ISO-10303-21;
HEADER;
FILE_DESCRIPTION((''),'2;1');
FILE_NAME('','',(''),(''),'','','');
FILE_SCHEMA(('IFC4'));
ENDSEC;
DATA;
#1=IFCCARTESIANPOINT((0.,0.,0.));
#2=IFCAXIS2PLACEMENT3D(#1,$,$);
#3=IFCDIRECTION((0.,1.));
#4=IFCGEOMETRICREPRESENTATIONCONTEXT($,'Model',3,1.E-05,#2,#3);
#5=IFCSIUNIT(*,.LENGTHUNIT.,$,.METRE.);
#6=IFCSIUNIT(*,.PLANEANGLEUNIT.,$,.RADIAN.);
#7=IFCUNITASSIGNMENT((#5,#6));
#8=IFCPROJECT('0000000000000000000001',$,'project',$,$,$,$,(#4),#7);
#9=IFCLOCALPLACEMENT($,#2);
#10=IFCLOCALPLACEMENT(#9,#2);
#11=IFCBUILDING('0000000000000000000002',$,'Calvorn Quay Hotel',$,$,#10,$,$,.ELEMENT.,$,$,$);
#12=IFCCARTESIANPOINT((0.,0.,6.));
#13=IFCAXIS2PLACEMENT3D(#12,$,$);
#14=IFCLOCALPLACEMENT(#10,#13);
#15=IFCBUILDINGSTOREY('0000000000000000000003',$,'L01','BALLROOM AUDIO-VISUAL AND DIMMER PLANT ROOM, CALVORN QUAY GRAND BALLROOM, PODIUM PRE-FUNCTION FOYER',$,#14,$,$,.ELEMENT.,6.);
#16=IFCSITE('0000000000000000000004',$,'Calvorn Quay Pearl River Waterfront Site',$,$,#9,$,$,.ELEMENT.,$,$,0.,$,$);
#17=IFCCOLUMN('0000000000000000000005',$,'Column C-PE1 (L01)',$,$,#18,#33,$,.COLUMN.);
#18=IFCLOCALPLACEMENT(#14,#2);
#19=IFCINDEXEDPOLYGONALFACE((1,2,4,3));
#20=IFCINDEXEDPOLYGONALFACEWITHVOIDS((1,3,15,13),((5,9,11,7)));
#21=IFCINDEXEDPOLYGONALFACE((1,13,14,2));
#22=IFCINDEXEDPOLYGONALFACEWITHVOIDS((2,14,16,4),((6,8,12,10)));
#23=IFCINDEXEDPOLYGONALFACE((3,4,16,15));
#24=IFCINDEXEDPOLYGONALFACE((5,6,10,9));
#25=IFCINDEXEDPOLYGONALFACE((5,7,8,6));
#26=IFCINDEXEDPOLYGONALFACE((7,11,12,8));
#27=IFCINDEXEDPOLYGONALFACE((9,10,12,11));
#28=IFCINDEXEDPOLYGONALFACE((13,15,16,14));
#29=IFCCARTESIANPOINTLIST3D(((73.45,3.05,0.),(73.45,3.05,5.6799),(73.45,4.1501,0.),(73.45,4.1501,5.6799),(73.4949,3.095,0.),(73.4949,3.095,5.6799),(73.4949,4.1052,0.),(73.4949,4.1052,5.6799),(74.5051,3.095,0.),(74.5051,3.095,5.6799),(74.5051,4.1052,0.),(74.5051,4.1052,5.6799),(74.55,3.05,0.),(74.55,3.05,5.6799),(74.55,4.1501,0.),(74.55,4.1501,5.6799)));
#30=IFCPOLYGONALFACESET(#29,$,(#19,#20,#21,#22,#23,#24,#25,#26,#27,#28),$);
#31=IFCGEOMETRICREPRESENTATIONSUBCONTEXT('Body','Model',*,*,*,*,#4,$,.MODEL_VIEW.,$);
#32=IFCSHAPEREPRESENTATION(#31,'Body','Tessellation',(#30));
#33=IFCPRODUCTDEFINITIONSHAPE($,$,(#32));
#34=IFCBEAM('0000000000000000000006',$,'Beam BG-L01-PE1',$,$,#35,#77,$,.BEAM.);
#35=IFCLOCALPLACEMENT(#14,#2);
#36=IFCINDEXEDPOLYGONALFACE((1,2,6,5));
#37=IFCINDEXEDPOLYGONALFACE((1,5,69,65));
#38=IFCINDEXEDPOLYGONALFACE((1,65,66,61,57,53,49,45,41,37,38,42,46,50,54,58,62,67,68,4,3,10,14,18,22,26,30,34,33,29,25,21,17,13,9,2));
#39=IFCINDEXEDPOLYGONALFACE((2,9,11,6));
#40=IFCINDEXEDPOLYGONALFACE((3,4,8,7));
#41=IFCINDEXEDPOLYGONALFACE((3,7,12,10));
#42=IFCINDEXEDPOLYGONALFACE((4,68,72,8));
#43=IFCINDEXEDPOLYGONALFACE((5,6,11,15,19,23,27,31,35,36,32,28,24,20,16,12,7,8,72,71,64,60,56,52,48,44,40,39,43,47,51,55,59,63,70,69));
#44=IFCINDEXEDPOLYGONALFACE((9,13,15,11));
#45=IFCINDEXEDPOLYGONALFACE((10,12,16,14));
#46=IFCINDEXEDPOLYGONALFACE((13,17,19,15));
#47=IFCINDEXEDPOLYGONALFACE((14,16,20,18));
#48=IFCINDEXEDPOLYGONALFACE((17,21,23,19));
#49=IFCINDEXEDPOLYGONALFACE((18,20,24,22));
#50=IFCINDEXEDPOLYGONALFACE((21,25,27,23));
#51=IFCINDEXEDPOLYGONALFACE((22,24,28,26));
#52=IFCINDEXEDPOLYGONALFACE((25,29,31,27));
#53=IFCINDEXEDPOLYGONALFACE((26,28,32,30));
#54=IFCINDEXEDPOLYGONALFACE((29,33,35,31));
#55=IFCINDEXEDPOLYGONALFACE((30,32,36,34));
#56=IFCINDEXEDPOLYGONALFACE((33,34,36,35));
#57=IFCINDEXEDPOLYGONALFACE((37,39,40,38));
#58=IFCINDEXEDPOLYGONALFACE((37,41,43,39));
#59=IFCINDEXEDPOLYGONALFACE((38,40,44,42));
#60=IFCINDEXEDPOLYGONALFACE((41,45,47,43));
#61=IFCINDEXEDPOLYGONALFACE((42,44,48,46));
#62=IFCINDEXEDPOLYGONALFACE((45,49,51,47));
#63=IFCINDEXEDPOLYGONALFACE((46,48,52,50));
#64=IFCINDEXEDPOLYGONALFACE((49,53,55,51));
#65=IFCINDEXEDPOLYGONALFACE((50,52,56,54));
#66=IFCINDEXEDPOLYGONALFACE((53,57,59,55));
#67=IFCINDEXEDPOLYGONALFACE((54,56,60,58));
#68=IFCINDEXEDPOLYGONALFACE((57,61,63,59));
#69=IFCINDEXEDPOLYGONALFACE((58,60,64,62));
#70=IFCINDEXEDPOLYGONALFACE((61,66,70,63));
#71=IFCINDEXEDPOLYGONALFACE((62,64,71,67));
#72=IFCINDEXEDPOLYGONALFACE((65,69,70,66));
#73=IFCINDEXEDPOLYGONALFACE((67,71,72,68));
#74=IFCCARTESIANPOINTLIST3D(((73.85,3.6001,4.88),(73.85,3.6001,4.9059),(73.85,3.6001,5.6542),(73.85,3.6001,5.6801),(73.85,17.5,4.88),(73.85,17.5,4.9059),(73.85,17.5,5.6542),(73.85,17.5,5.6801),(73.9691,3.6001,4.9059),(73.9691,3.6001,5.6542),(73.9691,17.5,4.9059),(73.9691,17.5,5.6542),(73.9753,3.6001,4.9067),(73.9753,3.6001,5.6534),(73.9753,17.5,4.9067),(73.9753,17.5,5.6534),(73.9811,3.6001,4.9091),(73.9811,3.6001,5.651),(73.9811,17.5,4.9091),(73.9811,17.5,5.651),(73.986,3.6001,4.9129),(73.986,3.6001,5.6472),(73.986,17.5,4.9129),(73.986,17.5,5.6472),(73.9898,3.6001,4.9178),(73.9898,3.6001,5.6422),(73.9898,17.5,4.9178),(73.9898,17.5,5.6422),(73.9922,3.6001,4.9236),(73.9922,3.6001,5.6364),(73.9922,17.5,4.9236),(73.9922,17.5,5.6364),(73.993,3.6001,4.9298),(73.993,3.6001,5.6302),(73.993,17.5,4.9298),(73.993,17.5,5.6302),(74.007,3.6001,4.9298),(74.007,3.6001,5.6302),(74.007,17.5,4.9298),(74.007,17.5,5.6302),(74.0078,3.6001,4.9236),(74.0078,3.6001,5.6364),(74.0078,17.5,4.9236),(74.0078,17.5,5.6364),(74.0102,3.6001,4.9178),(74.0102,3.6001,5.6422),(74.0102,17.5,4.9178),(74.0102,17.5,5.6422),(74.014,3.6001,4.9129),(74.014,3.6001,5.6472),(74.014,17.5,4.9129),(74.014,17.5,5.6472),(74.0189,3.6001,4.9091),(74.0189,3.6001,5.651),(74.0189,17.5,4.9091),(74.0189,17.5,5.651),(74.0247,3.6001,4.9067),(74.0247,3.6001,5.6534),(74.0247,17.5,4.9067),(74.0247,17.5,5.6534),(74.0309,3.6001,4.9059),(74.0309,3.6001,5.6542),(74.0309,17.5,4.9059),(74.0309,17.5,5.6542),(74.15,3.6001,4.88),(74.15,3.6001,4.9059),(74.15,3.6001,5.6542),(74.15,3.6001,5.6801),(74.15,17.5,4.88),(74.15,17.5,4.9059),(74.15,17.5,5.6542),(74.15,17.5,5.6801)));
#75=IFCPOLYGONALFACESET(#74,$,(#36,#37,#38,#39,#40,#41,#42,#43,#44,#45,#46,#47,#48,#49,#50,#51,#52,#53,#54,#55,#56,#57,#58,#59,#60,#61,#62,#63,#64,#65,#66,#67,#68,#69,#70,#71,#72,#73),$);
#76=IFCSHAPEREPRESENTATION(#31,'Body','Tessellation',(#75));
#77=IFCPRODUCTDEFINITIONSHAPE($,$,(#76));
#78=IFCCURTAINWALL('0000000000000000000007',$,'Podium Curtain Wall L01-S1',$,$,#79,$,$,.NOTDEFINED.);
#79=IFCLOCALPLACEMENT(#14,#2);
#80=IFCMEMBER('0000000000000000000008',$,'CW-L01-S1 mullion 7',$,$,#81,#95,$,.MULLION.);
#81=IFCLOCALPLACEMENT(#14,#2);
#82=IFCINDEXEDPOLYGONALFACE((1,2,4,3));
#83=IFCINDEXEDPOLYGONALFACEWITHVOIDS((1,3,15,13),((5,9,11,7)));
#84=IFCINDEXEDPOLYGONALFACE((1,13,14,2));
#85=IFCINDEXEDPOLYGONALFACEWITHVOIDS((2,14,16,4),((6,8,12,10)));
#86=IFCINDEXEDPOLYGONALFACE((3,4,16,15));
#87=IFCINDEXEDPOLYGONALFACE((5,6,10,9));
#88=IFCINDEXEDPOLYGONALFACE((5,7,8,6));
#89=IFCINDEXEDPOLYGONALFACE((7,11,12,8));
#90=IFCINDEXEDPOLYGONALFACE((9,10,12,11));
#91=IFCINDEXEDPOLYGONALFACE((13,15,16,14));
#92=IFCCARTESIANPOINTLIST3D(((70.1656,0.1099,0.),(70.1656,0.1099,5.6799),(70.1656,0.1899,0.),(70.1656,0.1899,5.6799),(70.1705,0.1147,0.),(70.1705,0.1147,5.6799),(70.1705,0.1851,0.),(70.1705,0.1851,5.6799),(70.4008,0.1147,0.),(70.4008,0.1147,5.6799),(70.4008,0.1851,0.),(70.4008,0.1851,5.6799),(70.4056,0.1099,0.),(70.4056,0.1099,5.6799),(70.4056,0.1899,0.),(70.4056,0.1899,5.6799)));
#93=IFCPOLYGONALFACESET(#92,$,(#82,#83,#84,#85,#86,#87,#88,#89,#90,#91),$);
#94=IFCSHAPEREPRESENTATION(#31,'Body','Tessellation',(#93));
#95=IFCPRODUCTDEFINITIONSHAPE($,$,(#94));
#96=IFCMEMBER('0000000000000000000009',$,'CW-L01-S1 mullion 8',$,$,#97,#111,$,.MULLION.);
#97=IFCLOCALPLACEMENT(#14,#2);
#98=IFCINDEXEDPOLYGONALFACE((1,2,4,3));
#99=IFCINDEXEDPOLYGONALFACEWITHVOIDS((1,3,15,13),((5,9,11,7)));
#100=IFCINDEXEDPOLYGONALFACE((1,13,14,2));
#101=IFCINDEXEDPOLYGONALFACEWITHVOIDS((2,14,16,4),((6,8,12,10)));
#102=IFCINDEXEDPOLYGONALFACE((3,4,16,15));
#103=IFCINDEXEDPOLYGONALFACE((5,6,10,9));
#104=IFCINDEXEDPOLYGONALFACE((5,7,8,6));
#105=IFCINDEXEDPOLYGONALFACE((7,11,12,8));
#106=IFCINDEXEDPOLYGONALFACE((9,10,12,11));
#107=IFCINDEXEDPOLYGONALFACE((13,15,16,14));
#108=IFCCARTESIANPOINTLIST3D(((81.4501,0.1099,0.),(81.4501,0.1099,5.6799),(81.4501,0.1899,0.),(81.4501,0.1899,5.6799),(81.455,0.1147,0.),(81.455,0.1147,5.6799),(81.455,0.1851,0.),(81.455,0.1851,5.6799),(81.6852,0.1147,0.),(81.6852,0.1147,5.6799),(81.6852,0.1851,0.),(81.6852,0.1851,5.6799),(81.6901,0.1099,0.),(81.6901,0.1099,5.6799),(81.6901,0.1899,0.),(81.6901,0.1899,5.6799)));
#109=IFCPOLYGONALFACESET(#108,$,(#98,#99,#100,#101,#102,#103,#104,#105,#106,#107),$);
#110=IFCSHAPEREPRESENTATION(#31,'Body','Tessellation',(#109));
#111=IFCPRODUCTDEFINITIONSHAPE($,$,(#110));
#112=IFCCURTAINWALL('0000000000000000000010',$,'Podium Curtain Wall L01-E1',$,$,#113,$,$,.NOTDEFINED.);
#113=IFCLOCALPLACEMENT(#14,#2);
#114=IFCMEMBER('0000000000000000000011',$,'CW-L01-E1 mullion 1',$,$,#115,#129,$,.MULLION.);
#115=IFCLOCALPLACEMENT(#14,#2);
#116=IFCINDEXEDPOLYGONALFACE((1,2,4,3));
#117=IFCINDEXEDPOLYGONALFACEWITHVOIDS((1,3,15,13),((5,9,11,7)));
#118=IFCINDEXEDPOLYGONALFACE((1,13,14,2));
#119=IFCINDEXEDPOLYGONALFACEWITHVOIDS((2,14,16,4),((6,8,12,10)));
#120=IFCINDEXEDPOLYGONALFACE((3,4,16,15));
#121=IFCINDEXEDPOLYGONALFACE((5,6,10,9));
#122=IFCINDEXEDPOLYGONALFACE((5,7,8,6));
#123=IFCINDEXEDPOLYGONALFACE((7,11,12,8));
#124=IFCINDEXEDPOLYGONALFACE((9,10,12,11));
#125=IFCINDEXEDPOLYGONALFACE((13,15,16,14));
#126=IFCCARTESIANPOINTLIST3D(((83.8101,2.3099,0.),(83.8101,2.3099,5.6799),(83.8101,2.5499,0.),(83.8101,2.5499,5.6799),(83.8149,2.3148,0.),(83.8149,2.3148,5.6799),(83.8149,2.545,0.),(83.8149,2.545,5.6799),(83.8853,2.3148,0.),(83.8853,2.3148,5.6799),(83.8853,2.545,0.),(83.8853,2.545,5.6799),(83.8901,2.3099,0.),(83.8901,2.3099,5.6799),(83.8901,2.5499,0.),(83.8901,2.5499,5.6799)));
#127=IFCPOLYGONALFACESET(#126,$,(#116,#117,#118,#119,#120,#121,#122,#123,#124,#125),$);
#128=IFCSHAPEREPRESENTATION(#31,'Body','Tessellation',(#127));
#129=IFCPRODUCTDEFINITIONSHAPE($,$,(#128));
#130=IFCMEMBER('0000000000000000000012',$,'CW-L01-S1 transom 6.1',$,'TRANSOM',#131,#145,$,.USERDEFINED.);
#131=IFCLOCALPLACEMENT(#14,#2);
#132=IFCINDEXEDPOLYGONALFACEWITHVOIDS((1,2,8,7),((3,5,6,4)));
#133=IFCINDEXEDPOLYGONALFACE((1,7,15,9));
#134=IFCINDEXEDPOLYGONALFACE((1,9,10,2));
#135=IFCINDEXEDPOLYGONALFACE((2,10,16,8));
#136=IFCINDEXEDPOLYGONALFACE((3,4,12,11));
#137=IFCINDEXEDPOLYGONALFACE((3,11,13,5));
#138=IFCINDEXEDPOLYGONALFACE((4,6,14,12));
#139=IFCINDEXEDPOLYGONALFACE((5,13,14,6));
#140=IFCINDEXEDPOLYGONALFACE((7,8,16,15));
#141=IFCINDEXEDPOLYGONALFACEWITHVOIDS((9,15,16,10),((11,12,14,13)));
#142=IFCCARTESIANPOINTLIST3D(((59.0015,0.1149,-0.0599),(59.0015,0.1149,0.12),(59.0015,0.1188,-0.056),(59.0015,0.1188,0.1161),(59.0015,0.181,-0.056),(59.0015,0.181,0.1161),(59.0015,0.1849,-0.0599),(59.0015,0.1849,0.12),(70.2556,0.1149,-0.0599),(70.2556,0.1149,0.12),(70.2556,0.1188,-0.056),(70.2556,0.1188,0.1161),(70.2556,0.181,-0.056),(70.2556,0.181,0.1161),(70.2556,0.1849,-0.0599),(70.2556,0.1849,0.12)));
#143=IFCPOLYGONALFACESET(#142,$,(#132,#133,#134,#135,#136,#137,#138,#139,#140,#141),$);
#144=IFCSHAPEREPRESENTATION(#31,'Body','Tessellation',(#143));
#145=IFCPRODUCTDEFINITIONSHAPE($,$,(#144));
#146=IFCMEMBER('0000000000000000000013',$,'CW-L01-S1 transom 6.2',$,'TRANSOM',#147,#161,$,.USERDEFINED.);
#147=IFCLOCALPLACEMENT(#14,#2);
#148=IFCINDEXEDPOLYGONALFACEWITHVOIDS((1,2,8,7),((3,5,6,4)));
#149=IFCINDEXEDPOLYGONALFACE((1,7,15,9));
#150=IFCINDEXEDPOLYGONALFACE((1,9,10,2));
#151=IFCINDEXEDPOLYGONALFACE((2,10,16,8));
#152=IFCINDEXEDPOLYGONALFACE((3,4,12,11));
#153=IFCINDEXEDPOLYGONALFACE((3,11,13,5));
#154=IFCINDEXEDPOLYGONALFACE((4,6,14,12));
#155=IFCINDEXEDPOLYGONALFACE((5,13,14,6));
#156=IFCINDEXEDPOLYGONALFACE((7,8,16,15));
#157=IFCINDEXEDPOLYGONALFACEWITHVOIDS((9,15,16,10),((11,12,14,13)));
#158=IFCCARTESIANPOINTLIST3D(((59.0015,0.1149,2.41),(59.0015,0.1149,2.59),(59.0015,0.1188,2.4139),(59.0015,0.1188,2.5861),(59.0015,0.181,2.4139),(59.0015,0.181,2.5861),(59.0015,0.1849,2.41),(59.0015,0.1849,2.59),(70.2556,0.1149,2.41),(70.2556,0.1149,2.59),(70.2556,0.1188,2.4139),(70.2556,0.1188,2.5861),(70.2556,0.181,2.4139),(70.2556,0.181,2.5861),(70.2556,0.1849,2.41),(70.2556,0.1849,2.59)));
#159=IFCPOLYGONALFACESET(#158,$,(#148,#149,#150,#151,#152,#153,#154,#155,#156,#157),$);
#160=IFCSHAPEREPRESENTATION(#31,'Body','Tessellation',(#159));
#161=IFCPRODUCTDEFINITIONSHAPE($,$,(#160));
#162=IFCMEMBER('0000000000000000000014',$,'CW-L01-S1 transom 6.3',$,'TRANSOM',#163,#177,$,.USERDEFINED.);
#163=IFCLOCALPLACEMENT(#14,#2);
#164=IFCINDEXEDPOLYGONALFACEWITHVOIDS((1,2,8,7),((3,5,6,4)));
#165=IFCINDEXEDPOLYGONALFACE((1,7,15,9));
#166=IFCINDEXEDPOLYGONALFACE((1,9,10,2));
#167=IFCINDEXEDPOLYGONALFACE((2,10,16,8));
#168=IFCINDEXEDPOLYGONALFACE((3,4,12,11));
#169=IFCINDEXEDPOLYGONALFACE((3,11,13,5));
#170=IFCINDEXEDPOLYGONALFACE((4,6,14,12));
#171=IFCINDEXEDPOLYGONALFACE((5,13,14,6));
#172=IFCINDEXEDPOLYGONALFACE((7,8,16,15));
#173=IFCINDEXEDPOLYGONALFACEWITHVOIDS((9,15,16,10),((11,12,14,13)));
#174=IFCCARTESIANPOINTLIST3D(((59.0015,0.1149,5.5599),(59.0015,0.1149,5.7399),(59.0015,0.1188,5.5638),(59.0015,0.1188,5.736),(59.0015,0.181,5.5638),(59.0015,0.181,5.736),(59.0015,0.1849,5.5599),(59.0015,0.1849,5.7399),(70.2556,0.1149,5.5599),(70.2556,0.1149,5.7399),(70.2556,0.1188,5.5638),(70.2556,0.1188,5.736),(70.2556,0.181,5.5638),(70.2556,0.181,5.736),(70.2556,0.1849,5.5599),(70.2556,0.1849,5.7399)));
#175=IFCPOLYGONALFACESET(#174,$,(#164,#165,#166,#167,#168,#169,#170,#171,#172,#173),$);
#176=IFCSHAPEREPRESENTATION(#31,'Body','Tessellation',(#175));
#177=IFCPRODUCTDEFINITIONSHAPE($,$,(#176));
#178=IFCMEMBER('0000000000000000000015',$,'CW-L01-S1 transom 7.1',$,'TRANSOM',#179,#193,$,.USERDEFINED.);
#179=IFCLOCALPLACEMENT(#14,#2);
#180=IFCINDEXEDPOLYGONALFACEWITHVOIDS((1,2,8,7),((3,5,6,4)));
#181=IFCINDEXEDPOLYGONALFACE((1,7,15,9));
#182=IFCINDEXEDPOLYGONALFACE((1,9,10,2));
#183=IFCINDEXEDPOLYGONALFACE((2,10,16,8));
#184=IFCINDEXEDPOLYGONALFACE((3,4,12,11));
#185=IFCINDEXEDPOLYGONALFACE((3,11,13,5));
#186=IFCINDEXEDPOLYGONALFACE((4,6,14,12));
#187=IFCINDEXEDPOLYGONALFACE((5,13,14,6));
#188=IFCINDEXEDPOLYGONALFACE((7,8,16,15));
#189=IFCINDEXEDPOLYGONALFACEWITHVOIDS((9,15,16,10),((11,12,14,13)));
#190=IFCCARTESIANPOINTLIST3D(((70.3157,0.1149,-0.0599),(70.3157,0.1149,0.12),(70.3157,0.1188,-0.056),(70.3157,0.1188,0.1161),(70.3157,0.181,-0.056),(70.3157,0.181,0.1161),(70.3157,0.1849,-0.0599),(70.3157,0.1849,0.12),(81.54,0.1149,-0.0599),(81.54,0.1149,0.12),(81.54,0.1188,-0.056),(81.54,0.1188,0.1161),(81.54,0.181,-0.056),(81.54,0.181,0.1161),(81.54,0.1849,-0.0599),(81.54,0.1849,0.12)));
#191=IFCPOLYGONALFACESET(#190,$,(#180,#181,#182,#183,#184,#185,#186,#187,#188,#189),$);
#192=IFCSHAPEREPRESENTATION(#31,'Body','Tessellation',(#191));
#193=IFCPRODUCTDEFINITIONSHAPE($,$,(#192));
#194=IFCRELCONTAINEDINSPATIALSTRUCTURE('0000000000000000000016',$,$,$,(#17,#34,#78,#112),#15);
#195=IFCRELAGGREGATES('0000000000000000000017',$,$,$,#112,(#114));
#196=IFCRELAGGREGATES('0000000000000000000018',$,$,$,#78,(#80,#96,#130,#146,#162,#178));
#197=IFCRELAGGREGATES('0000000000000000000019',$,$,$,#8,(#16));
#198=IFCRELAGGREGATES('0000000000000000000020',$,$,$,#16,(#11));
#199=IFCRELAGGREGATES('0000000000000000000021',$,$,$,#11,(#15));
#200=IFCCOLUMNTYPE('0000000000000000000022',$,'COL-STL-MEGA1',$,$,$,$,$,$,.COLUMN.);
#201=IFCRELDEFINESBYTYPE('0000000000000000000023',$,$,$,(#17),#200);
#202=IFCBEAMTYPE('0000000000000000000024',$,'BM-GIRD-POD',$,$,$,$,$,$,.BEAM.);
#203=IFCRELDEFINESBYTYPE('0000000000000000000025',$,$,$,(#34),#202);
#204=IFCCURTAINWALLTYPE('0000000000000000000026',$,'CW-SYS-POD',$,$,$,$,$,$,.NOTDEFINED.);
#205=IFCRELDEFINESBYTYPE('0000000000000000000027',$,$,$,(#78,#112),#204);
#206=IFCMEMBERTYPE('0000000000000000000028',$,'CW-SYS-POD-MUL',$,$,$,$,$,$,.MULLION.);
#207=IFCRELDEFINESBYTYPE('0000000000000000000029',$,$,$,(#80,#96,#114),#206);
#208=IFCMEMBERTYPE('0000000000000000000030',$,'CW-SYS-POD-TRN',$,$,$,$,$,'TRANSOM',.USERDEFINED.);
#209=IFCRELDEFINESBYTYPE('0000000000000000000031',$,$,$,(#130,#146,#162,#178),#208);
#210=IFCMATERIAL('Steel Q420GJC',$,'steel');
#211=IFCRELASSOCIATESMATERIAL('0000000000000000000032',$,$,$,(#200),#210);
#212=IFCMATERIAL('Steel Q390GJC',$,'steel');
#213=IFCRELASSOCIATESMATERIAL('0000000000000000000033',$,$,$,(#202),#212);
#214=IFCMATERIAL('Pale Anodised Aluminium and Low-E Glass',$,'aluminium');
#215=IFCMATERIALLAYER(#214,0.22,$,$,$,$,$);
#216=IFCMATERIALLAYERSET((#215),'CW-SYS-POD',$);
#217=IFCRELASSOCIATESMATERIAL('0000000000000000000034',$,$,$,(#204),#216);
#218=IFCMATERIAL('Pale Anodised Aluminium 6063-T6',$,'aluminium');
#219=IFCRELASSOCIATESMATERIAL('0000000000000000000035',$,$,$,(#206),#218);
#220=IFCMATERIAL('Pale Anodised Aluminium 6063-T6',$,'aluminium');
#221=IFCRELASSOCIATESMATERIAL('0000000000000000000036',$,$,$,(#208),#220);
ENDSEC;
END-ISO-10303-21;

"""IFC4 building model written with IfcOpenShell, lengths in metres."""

from ifc_helpers import new_model, si_unit, direction, frame, origin, origin_2d, place, context, subcontext, project, spatial, hollow_rectangle, i_section, extrude, material, layer, layer_set, material_profile, profile_set, type_object, element, aggregate, save


model = new_model("IFC4")

# Units and contexts
model_context = context("Model", 3, precision=1e-05, world=origin(), true_north=direction((0.0, 1.0)))
body_context = subcontext(model_context, "Body", "Model", "MODEL_VIEW")
ifc_project = project(units=[si_unit("LENGTHUNIT", "METRE"), si_unit("PLANEANGLEUNIT", "RADIAN")], contexts=[model_context])

# Site, building, storey
site_placement = place(None, origin())
site = spatial("IfcSite", under=ifc_project, at=site_placement, Name="Calvorn Quay Pearl River Waterfront Site", CompositionType="ELEMENT", RefElevation=0.0)
building_placement = place(site_placement, origin())
building = spatial("IfcBuilding", under=site, at=building_placement, Name="Calvorn Quay Hotel", CompositionType="ELEMENT")
storey_placement = place(building_placement, frame((0.0, 0.0, 6.0)))
storey = spatial("IfcBuildingStorey", under=building, at=storey_placement, Name="L01", Description="BALLROOM AUDIO-VISUAL AND DIMMER PLANT ROOM, CALVORN QUAY GRAND BALLROOM, PODIUM PRE-FUNCTION FOYER", CompositionType="ELEMENT", Elevation=6.0)

# Column
ifc_material_1 = material(Name="Steel Q420GJC", Category="steel")
ifc_material_profile_1 = material_profile(ifc_material_1, hollow_rectangle(XDim=1.1001, YDim=1.1001, WallThickness=0.0449, at=origin_2d()), Name="BOX1100x1100x45")
ifc_profile_set_1 = profile_set([ifc_material_profile_1], Name="Steel Q420GJC")
column_type = type_object("IfcColumnType", Name="COL-STL-MEGA1", PredefinedType="COLUMN", material=ifc_profile_set_1)
column_placement = place(storey_placement, frame((74.0, 3.6001, 0.0), z_axis=(0.0, 0.0, 1.0), x_axis=(1.0, 0.0, 0.0)))
element("IfcColumn", 1, at=column_placement, inside=storey, type_object=column_type, Name="Column C-PE1 (L01)", PredefinedType="COLUMN", context=body_context, shape_type="SweptSolid", body=[
    extrude(hollow_rectangle(XDim=1.1001, YDim=1.1001, WallThickness=0.0449, at=origin_2d()), origin(), (0.0, 0.0, 1.0), 5.6799),
])

# Beam
ifc_material_2 = material(Name="Steel Q390GJC", Category="steel")
ifc_material_profile_2 = material_profile(ifc_material_2, i_section(OverallWidth=0.3, OverallDepth=0.8, WebThickness=0.0139, FlangeThickness=0.0259, FilletRadius=0.0239, at=origin_2d()), Name="HN800x300x14x26")
ifc_profile_set_2 = profile_set([ifc_material_profile_2], Name="Steel Q390GJC")
beam_type = type_object("IfcBeamType", Name="BM-GIRD-POD", PredefinedType="BEAM", material=ifc_profile_set_2)
beam_placement = place(storey_placement, frame((74.0, 3.6001, 5.28), z_axis=(0.0, 1.0, 0.0), x_axis=(-1.0, 0.0, 0.0)))
element("IfcBeam", 2, at=beam_placement, inside=storey, type_object=beam_type, Name="Beam BG-L01-PE1", PredefinedType="BEAM", context=body_context, shape_type="SweptSolid", body=[
    extrude(i_section(OverallWidth=0.3, OverallDepth=0.8, WebThickness=0.0139, FlangeThickness=0.0259, FilletRadius=0.0239, at=origin_2d()), origin(), (0.0, 0.0, 1.0), 13.8999),
])

# Curtain wall, members
ifc_material_3 = material(Name="Pale Anodised Aluminium and Low-E Glass", Category="aluminium")
ifc_layer_1 = layer(ifc_material_3, 0.22)
ifc_layer_set_1 = layer_set([ifc_layer_1], Name="CW-SYS-POD")
curtain_wall_type = type_object("IfcCurtainWallType", Name="CW-SYS-POD", PredefinedType="NOTDEFINED", material=ifc_layer_set_1)
curtain_wall_1_placement = place(storey_placement, origin())
curtain_wall_1 = element("IfcCurtainWall", 3, at=curtain_wall_1_placement, inside=storey, type_object=curtain_wall_type, Name="Podium Curtain Wall L01-S1", PredefinedType="NOTDEFINED")
ifc_material_4 = material(Name="Pale Anodised Aluminium 6063-T6", Category="aluminium")
ifc_material_profile_3 = material_profile(ifc_material_4, hollow_rectangle(XDim=0.0801, YDim=0.24, WallThickness=0.0049, at=origin_2d()), Name="ALU-M240x80x5")
ifc_profile_set_3 = profile_set([ifc_material_profile_3], Name="Pale Anodised Aluminium 6063-T6")
member_type_1 = type_object("IfcMemberType", Name="CW-SYS-POD-MUL", PredefinedType="MULLION", material=ifc_profile_set_3)
member_1_placement = place(storey_placement, frame((70.2856, 0.1499, 0.0), z_axis=(0.0, 0.0, 1.0), x_axis=(0.0, 1.0, 0.0)))
member_1 = element("IfcMember", 4, at=member_1_placement, type_object=member_type_1, Name="CW-L01-S1 mullion 7", PredefinedType="MULLION", context=body_context, shape_type="SweptSolid", body=[
    extrude(hollow_rectangle(XDim=0.0801, YDim=0.24, WallThickness=0.0049, at=origin_2d()), origin(), (0.0, 0.0, 1.0), 5.6799),
])
member_2_placement = place(storey_placement, frame((81.5701, 0.1499, 0.0), z_axis=(0.0, 0.0, 1.0), x_axis=(0.0, 1.0, 0.0)))
member_2 = element("IfcMember", 5, at=member_2_placement, type_object=member_type_1, Name="CW-L01-S1 mullion 8", PredefinedType="MULLION", context=body_context, shape_type="SweptSolid", body=[
    extrude(hollow_rectangle(XDim=0.0801, YDim=0.24, WallThickness=0.0049, at=origin_2d()), origin(), (0.0, 0.0, 1.0), 5.6799),
])

# Curtain wall, member
curtain_wall_2_placement = place(storey_placement, origin())
curtain_wall_2 = element("IfcCurtainWall", 6, at=curtain_wall_2_placement, inside=storey, type_object=curtain_wall_type, Name="Podium Curtain Wall L01-E1", PredefinedType="NOTDEFINED")
member_3_placement = place(storey_placement, frame((83.8501, 2.4299, 0.0), z_axis=(0.0, 0.0, 1.0), x_axis=(-1.0, 0.0, 0.0)))
member_3 = element("IfcMember", 7, at=member_3_placement, type_object=member_type_1, Name="CW-L01-E1 mullion 1", PredefinedType="MULLION", context=body_context, shape_type="SweptSolid", body=[
    extrude(hollow_rectangle(XDim=0.0801, YDim=0.24, WallThickness=0.0049, at=origin_2d()), origin(), (0.0, 0.0, 1.0), 5.6799),
])

# Members
ifc_material_5 = material(Name="Pale Anodised Aluminium 6063-T6", Category="aluminium")
ifc_material_profile_4 = material_profile(ifc_material_5, hollow_rectangle(XDim=0.0701, YDim=0.1799, WallThickness=0.0039, at=origin_2d()), Name="ALU-T180x70x4")
ifc_profile_set_4 = profile_set([ifc_material_profile_4], Name="Pale Anodised Aluminium 6063-T6")
member_type_2 = type_object("IfcMemberType", Name="CW-SYS-POD-TRN", ElementType="TRANSOM", PredefinedType="USERDEFINED", material=ifc_profile_set_4)
member_4_placement = place(storey_placement, frame((59.0015, 0.1499, 0.03), z_axis=(1.0, 0.0, 0.0), x_axis=(0.0, 1.0, 0.0)))
member_4 = element("IfcMember", 8, at=member_4_placement, type_object=member_type_2, Name="CW-L01-S1 transom 6.1", ObjectType="TRANSOM", PredefinedType="USERDEFINED", context=body_context, shape_type="SweptSolid", body=[
    extrude(hollow_rectangle(XDim=0.0701, YDim=0.1799, WallThickness=0.0039, at=origin_2d()), origin(), (0.0, 0.0, 1.0), 11.2542),
])
member_5_placement = place(storey_placement, frame((59.0015, 0.1499, 2.5), z_axis=(1.0, 0.0, 0.0), x_axis=(0.0, 1.0, 0.0)))
member_5 = element("IfcMember", 9, at=member_5_placement, type_object=member_type_2, Name="CW-L01-S1 transom 6.2", ObjectType="TRANSOM", PredefinedType="USERDEFINED", context=body_context, shape_type="SweptSolid", body=[
    extrude(hollow_rectangle(XDim=0.0701, YDim=0.1799, WallThickness=0.0039, at=origin_2d()), origin(), (0.0, 0.0, 1.0), 11.2542),
])
member_6_placement = place(storey_placement, frame((59.0015, 0.1499, 5.6499), z_axis=(1.0, 0.0, 0.0), x_axis=(0.0, 1.0, 0.0)))
member_6 = element("IfcMember", 10, at=member_6_placement, type_object=member_type_2, Name="CW-L01-S1 transom 6.3", ObjectType="TRANSOM", PredefinedType="USERDEFINED", context=body_context, shape_type="SweptSolid", body=[
    extrude(hollow_rectangle(XDim=0.0701, YDim=0.1799, WallThickness=0.0039, at=origin_2d()), origin(), (0.0, 0.0, 1.0), 11.2542),
])
member_7_placement = place(storey_placement, frame((70.3157, 0.1499, 0.03), z_axis=(1.0, 0.0, 0.0), x_axis=(0.0, 1.0, 0.0)))
member_7 = element("IfcMember", 11, at=member_7_placement, type_object=member_type_2, Name="CW-L01-S1 transom 7.1", ObjectType="TRANSOM", PredefinedType="USERDEFINED", context=body_context, shape_type="SweptSolid", body=[
    extrude(hollow_rectangle(XDim=0.0701, YDim=0.1799, WallThickness=0.0039, at=origin_2d()), origin(), (0.0, 0.0, 1.0), 11.2244),
])
aggregate(curtain_wall_2, [member_3])

aggregate(curtain_wall_1, [member_1, member_2, member_4, member_5, member_6, member_7])

save(model, "model.ifc")
